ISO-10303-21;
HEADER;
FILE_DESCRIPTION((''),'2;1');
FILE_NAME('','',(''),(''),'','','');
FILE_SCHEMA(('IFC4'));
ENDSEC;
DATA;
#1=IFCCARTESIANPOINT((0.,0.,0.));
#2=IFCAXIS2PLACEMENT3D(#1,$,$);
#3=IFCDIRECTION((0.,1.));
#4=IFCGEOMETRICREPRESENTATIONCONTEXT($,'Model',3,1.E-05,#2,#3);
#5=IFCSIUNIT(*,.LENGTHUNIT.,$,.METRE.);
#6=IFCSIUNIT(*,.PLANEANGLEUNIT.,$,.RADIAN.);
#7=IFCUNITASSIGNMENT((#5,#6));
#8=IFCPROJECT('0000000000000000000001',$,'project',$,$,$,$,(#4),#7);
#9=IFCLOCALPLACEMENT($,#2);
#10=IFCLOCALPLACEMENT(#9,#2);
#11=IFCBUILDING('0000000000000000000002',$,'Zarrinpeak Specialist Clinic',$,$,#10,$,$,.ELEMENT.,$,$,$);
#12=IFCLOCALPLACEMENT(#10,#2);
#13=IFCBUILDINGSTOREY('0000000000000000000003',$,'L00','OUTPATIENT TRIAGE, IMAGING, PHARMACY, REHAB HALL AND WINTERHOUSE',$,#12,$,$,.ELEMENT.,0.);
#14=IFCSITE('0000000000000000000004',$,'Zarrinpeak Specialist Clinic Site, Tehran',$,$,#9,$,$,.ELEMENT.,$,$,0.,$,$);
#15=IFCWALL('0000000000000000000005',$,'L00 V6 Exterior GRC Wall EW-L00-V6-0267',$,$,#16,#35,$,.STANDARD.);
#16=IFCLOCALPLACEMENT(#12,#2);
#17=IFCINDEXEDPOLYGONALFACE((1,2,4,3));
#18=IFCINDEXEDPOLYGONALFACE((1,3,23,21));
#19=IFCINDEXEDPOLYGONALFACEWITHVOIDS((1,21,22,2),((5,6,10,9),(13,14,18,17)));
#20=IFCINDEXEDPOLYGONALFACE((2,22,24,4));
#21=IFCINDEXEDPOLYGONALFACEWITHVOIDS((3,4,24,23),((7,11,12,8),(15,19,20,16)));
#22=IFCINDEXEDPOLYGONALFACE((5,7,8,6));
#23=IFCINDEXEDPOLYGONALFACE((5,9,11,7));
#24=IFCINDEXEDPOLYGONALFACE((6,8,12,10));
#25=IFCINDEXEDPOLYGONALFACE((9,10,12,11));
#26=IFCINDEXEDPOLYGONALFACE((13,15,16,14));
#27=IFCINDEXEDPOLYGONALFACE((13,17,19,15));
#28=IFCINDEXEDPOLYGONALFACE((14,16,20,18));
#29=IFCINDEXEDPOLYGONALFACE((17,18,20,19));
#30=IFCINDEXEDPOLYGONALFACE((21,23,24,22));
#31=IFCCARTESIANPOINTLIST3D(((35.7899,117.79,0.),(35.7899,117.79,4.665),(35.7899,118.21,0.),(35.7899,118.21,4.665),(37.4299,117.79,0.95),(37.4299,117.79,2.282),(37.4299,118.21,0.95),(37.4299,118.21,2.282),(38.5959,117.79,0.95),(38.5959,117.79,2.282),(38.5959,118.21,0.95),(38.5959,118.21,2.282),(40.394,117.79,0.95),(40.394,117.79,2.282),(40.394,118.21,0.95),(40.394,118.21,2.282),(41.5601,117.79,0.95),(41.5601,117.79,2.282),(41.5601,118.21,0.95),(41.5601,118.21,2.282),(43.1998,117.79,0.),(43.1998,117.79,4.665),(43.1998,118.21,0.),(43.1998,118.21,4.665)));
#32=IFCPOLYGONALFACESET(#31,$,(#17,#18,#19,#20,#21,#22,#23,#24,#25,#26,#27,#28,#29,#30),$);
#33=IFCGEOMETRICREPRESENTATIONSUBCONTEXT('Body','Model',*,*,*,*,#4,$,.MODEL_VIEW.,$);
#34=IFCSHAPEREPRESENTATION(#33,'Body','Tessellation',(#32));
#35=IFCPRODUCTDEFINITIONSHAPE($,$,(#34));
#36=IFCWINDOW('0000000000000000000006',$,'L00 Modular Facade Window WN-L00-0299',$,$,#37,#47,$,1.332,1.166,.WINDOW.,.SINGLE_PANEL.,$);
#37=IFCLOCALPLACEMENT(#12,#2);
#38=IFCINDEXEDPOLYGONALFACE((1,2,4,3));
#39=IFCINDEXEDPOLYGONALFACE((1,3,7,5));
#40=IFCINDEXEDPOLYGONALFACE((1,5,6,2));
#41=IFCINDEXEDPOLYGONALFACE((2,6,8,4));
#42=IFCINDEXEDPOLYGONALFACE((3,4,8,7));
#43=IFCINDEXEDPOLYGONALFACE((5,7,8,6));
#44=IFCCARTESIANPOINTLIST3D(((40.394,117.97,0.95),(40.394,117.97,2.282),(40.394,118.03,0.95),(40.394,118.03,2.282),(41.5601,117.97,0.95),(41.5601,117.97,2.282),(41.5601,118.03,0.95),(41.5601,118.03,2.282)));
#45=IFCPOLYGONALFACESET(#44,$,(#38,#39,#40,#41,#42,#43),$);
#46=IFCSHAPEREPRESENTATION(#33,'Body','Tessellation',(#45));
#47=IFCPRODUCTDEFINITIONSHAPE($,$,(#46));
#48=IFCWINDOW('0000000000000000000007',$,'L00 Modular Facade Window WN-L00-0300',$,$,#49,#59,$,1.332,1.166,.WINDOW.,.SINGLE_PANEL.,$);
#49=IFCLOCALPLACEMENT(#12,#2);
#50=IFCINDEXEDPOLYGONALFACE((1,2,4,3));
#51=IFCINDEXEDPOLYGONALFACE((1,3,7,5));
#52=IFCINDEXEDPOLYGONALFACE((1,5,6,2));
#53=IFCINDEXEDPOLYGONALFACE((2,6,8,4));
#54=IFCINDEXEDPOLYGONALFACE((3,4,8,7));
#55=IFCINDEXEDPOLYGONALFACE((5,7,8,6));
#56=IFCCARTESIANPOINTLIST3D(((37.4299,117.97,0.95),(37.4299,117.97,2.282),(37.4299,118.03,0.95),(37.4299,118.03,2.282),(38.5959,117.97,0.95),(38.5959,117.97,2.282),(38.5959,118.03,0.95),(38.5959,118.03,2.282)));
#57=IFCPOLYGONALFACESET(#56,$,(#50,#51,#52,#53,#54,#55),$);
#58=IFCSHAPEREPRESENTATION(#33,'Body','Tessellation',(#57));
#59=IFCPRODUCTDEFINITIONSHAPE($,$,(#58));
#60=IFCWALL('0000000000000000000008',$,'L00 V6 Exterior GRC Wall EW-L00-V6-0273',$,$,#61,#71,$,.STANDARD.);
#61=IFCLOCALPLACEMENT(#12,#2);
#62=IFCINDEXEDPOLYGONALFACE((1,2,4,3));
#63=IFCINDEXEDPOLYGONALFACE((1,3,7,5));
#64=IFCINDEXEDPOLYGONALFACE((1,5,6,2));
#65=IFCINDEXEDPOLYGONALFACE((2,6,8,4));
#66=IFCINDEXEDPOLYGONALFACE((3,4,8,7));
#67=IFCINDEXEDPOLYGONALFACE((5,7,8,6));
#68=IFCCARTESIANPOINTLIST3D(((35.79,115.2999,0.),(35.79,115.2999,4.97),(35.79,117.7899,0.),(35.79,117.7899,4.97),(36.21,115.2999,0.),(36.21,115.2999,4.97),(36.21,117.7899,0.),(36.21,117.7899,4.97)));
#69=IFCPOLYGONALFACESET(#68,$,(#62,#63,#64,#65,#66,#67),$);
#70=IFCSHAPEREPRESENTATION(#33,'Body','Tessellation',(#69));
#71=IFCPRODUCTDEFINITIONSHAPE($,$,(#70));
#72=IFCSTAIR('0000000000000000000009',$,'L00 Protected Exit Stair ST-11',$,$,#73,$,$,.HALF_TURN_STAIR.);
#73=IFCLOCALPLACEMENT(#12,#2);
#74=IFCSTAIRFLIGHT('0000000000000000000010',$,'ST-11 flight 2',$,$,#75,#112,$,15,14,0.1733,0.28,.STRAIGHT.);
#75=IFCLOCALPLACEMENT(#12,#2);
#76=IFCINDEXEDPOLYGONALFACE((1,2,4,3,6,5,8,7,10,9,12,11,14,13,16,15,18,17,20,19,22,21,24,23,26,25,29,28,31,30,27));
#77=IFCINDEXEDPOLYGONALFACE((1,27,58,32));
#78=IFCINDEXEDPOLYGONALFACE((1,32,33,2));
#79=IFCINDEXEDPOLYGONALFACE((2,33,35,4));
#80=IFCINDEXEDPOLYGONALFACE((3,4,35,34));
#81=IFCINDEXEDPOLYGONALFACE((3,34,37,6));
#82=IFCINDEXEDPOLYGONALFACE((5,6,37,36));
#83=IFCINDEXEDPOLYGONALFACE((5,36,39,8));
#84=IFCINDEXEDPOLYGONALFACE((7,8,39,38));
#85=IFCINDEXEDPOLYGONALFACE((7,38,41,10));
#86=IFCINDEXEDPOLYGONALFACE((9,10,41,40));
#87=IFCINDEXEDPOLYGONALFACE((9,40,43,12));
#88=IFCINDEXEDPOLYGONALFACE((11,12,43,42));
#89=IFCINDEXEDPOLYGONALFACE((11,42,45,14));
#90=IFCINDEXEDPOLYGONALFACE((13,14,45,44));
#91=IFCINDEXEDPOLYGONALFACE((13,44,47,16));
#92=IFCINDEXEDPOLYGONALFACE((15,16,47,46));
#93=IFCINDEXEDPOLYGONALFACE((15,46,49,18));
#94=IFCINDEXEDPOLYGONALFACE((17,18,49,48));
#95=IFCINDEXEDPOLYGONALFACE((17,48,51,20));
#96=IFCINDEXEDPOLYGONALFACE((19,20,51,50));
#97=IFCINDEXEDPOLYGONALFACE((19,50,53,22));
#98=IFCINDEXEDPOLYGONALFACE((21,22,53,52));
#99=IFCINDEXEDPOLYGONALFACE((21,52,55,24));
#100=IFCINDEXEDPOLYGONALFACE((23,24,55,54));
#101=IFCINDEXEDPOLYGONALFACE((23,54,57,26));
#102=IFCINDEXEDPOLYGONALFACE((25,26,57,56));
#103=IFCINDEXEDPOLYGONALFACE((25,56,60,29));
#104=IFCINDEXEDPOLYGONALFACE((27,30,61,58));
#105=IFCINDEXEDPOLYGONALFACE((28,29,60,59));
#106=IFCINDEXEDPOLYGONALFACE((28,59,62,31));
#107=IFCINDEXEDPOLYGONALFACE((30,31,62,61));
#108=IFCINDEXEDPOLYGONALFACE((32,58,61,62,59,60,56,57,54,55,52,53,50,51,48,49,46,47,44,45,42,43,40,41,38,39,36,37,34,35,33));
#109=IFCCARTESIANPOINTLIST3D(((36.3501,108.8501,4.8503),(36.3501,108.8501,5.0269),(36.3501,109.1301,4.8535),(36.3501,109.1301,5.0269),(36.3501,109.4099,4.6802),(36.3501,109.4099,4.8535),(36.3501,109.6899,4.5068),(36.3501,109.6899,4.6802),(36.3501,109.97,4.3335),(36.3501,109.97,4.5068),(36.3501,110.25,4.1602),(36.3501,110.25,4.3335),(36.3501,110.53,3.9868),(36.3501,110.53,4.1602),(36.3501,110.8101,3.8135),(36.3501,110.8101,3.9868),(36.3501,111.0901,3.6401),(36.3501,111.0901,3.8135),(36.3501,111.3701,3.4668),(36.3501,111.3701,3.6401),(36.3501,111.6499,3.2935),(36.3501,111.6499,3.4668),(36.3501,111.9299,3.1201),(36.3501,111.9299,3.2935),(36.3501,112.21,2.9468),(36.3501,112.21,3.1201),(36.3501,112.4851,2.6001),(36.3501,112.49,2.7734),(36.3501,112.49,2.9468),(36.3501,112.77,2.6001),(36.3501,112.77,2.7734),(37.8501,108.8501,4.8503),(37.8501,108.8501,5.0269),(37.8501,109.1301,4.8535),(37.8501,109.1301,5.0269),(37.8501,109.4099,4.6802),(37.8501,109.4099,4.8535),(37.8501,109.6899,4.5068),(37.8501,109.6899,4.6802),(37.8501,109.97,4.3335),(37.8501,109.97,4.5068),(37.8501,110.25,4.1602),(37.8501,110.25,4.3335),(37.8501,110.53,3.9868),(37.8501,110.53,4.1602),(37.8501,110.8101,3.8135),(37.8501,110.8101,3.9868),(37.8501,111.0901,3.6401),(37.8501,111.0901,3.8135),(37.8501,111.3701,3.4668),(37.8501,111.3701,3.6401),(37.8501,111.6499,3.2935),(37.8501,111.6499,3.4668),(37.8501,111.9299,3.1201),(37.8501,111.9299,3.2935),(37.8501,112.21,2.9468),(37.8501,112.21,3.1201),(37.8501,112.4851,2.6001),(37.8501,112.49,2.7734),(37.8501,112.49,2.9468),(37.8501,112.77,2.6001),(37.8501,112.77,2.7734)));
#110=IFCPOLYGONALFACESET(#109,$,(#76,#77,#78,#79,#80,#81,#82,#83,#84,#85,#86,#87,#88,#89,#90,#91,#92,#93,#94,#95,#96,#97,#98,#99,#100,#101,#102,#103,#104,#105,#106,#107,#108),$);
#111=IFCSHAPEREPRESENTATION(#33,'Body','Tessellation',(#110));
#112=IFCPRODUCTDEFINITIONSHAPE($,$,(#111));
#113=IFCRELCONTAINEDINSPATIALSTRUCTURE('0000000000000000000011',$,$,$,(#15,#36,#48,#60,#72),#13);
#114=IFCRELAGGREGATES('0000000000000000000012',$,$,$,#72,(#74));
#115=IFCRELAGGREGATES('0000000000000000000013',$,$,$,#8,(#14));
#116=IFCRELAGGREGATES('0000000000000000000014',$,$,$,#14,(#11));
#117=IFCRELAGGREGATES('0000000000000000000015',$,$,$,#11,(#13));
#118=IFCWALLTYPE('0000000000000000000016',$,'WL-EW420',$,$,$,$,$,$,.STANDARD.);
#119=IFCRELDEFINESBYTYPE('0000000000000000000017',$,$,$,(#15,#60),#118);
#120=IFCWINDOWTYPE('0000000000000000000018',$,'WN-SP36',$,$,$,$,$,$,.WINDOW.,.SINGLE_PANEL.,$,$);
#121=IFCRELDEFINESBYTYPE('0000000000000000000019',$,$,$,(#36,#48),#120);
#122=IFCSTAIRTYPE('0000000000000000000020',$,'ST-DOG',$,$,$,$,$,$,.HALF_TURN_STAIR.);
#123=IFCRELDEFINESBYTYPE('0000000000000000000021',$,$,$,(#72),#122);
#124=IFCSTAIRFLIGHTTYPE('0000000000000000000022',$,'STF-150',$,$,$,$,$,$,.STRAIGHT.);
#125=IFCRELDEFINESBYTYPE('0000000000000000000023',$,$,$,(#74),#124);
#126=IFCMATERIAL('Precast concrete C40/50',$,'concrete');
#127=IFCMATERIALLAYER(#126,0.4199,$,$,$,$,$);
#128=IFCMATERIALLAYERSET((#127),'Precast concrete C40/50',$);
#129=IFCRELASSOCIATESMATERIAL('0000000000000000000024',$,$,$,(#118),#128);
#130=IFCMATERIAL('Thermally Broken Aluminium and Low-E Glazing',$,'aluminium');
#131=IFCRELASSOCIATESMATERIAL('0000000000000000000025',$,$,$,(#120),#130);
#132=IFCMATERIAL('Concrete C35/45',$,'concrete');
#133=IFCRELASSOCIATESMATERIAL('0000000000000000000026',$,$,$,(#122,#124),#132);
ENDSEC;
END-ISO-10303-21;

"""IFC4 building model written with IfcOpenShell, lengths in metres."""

from ifc_helpers import new_model, si_unit, direction, frame, frame_2d, origin, place, context, subcontext, project, spatial, polyline, rectangle, outline, extrude, material, layer, layer_set, type_object, element, fill, aggregate, save


model = new_model("IFC4")

# Units and contexts
model_context = context("Model", 3, precision=1e-05, world=origin(), true_north=direction((0.0, 1.0)))
body_context = subcontext(model_context, "Body", "Model", "MODEL_VIEW")
ifc_project = project(units=[si_unit("LENGTHUNIT", "METRE"), si_unit("PLANEANGLEUNIT", "RADIAN")], contexts=[model_context])

# Site, building, storey
site_placement = place(None, origin())
site = spatial("IfcSite", under=ifc_project, at=site_placement, Name="Zarrinpeak Specialist Clinic Site, Tehran", CompositionType="ELEMENT", RefElevation=0.0)
building_placement = place(site_placement, origin())
building = spatial("IfcBuilding", under=site, at=building_placement, Name="Zarrinpeak Specialist Clinic", CompositionType="ELEMENT")
storey_placement = place(building_placement, origin())
storey = spatial("IfcBuildingStorey", under=building, at=storey_placement, Name="L00", Description="OUTPATIENT TRIAGE, IMAGING, PHARMACY, REHAB HALL AND WINTERHOUSE", CompositionType="ELEMENT", Elevation=0.0)

# Wall, openings, windows
ifc_material_1 = material(Name="Precast concrete C40/50", Category="concrete")
ifc_layer_1 = layer(ifc_material_1, 0.4199)
ifc_layer_set_1 = layer_set([ifc_layer_1], Name="Precast concrete C40/50")
wall_type_1 = type_object("IfcWallType", Name="WL-EW420", PredefinedType="STANDARD", material=ifc_layer_set_1)
wall_1_placement = place(storey_placement, frame((43.2, 118.0, 0.0), z_axis=(0.0, 0.0, 1.0), x_axis=(-1.0, 0.0, 0.0)))
wall_1 = element("IfcWall", 1, at=wall_1_placement, inside=storey, type_object=wall_type_1, Name="L00 V6 Exterior GRC Wall EW-L00-V6-0267", PredefinedType="STANDARD", context=body_context, shape_type="SweptSolid", body=[
    extrude(rectangle(XDim=7.4099, YDim=0.4199, at=frame_2d((3.7051, 0.0))), origin(), (0.0, 0.0, 1.0), 4.665),
])
opening_1_placement = place(wall_1_placement, frame((1.6399, 0.0, 0.95)))
opening_1 = element("IfcOpeningElement", 2, at=opening_1_placement, cuts=wall_1, PredefinedType="OPENING", context=body_context, shape_type="SweptSolid", body=[
    extrude(rectangle(XDim=1.166, YDim=1.332, at=frame_2d((0.583, 0.666))), frame((0.0, 0.22, 0.0), z_axis=(0.0, -1.0, 0.0), x_axis=(1.0, 0.0, 0.0)), (0.0, 0.0, 1.0), 0.4399),
])
opening_2_placement = place(wall_1_placement, frame((4.604, 0.0, 0.95)))
opening_2 = element("IfcOpeningElement", 3, at=opening_2_placement, cuts=wall_1, PredefinedType="OPENING", context=body_context, shape_type="SweptSolid", body=[
    extrude(rectangle(XDim=1.166, YDim=1.332, at=frame_2d((0.583, 0.666))), frame((0.0, 0.22, 0.0), z_axis=(0.0, -1.0, 0.0), x_axis=(1.0, 0.0, 0.0)), (0.0, 0.0, 1.0), 0.4399),
])
ifc_material_2 = material(Name="Thermally Broken Aluminium and Low-E Glazing", Category="aluminium")
window_type = type_object("IfcWindowType", Name="WN-SP36", PartitioningType="SINGLE_PANEL", PredefinedType="WINDOW", material=ifc_material_2)
window_1_placement = place(opening_1_placement, origin())
window_1 = element("IfcWindow", 4, at=window_1_placement, inside=storey, type_object=window_type, Name="L00 Modular Facade Window WN-L00-0299", OverallHeight=1.332, OverallWidth=1.166, PartitioningType="SINGLE_PANEL", PredefinedType="WINDOW", context=body_context, shape_type="SweptSolid", body=[
    extrude(rectangle(XDim=1.166, YDim=1.332, at=frame_2d((0.583, 0.666))), frame((0.0, 0.03, 0.0), z_axis=(0.0, -1.0, 0.0), x_axis=(1.0, 0.0, 0.0)), (0.0, 0.0, 1.0), 0.0601),
])
fill(opening_1, window_1)
window_2_placement = place(opening_2_placement, origin())
window_2 = element("IfcWindow", 5, at=window_2_placement, inside=storey, type_object=window_type, Name="L00 Modular Facade Window WN-L00-0300", OverallHeight=1.332, OverallWidth=1.166, PartitioningType="SINGLE_PANEL", PredefinedType="WINDOW", context=body_context, shape_type="SweptSolid", body=[
    extrude(rectangle(XDim=1.166, YDim=1.332, at=frame_2d((0.583, 0.666))), frame((0.0, 0.03, 0.0), z_axis=(0.0, -1.0, 0.0), x_axis=(1.0, 0.0, 0.0)), (0.0, 0.0, 1.0), 0.0601),
])
fill(opening_2, window_2)

# Wall
wall_2_placement = place(storey_placement, frame((36.0, 117.79, 0.0), z_axis=(0.0, 0.0, 1.0), x_axis=(0.0, -1.0, 0.0)))
element("IfcWall", 6, at=wall_2_placement, inside=storey, type_object=wall_type_1, Name="L00 V6 Exterior GRC Wall EW-L00-V6-0273", PredefinedType="STANDARD", context=body_context, shape_type="SweptSolid", body=[
    extrude(rectangle(XDim=2.49, YDim=0.4199, at=frame_2d((1.2451, 0.0))), origin(), (0.0, 0.0, 1.0), 4.97),
])

# Stair, stair flight
ifc_material_3 = material(Name="Concrete C35/45", Category="concrete")
stair_type = type_object("IfcStairType", Name="ST-DOG", PredefinedType="HALF_TURN_STAIR", material=ifc_material_3)
stair_placement = place(storey_placement, origin())
stair = element("IfcStair", 7, at=stair_placement, inside=storey, type_object=stair_type, Name="L00 Protected Exit Stair ST-11", PredefinedType="HALF_TURN_STAIR")
stair_flight_type = type_object("IfcStairFlightType", Name="STF-150", PredefinedType="STRAIGHT", material=ifc_material_3)
stair_flight_placement = place(storey_placement, frame((37.1001, 112.77, 2.6001), z_axis=(0.0, 0.0, 1.0), x_axis=(0.0, -1.0, 0.0)))
stair_flight = element("IfcStairFlight", 8, at=stair_flight_placement, type_object=stair_flight_type, Name="ST-11 flight 2", NumberOfRisers=15, NumberOfTreads=14, PredefinedType="STRAIGHT", RiserHeight=0.1733, TreadLength=0.28, context=body_context, shape_type="SweptSolid", body=[
    extrude(outline(polyline([(0.0, 0.0), (0.0, 0.1733), (0.28, 0.1733), (0.28, 0.3467), (0.5601, 0.3467), (0.5601, 0.52), (0.8401, 0.52), (0.8401, 0.6934), (1.1201, 0.6934), (1.1201, 0.8667), (1.3999, 0.8667), (1.3999, 1.04), (1.6799, 1.04), (1.6799, 1.2134), (1.96, 1.2134), (1.96, 1.3867), (2.24, 1.3867), (2.24, 1.5601), (2.52, 1.5601), (2.52, 1.7334), (2.8, 1.7334), (2.8, 1.9067), (3.0801, 1.9067), (3.0801, 2.0801), (3.3601, 2.0801), (3.3601, 2.2534), (3.6399, 2.2534), (3.6399, 2.4268), (3.9199, 2.4268), (3.9199, 2.6001), (3.9199, 2.2502), (0.2849, 0.0), (0.0, 0.0)])), frame((0.0, 0.75, 0.0), z_axis=(0.0, -1.0, 0.0), x_axis=(1.0, 0.0, 0.0)), (0.0, 0.0, 1.0), 1.5),
])
aggregate(stair, [stair_flight])

save(model, "model.ifc")
